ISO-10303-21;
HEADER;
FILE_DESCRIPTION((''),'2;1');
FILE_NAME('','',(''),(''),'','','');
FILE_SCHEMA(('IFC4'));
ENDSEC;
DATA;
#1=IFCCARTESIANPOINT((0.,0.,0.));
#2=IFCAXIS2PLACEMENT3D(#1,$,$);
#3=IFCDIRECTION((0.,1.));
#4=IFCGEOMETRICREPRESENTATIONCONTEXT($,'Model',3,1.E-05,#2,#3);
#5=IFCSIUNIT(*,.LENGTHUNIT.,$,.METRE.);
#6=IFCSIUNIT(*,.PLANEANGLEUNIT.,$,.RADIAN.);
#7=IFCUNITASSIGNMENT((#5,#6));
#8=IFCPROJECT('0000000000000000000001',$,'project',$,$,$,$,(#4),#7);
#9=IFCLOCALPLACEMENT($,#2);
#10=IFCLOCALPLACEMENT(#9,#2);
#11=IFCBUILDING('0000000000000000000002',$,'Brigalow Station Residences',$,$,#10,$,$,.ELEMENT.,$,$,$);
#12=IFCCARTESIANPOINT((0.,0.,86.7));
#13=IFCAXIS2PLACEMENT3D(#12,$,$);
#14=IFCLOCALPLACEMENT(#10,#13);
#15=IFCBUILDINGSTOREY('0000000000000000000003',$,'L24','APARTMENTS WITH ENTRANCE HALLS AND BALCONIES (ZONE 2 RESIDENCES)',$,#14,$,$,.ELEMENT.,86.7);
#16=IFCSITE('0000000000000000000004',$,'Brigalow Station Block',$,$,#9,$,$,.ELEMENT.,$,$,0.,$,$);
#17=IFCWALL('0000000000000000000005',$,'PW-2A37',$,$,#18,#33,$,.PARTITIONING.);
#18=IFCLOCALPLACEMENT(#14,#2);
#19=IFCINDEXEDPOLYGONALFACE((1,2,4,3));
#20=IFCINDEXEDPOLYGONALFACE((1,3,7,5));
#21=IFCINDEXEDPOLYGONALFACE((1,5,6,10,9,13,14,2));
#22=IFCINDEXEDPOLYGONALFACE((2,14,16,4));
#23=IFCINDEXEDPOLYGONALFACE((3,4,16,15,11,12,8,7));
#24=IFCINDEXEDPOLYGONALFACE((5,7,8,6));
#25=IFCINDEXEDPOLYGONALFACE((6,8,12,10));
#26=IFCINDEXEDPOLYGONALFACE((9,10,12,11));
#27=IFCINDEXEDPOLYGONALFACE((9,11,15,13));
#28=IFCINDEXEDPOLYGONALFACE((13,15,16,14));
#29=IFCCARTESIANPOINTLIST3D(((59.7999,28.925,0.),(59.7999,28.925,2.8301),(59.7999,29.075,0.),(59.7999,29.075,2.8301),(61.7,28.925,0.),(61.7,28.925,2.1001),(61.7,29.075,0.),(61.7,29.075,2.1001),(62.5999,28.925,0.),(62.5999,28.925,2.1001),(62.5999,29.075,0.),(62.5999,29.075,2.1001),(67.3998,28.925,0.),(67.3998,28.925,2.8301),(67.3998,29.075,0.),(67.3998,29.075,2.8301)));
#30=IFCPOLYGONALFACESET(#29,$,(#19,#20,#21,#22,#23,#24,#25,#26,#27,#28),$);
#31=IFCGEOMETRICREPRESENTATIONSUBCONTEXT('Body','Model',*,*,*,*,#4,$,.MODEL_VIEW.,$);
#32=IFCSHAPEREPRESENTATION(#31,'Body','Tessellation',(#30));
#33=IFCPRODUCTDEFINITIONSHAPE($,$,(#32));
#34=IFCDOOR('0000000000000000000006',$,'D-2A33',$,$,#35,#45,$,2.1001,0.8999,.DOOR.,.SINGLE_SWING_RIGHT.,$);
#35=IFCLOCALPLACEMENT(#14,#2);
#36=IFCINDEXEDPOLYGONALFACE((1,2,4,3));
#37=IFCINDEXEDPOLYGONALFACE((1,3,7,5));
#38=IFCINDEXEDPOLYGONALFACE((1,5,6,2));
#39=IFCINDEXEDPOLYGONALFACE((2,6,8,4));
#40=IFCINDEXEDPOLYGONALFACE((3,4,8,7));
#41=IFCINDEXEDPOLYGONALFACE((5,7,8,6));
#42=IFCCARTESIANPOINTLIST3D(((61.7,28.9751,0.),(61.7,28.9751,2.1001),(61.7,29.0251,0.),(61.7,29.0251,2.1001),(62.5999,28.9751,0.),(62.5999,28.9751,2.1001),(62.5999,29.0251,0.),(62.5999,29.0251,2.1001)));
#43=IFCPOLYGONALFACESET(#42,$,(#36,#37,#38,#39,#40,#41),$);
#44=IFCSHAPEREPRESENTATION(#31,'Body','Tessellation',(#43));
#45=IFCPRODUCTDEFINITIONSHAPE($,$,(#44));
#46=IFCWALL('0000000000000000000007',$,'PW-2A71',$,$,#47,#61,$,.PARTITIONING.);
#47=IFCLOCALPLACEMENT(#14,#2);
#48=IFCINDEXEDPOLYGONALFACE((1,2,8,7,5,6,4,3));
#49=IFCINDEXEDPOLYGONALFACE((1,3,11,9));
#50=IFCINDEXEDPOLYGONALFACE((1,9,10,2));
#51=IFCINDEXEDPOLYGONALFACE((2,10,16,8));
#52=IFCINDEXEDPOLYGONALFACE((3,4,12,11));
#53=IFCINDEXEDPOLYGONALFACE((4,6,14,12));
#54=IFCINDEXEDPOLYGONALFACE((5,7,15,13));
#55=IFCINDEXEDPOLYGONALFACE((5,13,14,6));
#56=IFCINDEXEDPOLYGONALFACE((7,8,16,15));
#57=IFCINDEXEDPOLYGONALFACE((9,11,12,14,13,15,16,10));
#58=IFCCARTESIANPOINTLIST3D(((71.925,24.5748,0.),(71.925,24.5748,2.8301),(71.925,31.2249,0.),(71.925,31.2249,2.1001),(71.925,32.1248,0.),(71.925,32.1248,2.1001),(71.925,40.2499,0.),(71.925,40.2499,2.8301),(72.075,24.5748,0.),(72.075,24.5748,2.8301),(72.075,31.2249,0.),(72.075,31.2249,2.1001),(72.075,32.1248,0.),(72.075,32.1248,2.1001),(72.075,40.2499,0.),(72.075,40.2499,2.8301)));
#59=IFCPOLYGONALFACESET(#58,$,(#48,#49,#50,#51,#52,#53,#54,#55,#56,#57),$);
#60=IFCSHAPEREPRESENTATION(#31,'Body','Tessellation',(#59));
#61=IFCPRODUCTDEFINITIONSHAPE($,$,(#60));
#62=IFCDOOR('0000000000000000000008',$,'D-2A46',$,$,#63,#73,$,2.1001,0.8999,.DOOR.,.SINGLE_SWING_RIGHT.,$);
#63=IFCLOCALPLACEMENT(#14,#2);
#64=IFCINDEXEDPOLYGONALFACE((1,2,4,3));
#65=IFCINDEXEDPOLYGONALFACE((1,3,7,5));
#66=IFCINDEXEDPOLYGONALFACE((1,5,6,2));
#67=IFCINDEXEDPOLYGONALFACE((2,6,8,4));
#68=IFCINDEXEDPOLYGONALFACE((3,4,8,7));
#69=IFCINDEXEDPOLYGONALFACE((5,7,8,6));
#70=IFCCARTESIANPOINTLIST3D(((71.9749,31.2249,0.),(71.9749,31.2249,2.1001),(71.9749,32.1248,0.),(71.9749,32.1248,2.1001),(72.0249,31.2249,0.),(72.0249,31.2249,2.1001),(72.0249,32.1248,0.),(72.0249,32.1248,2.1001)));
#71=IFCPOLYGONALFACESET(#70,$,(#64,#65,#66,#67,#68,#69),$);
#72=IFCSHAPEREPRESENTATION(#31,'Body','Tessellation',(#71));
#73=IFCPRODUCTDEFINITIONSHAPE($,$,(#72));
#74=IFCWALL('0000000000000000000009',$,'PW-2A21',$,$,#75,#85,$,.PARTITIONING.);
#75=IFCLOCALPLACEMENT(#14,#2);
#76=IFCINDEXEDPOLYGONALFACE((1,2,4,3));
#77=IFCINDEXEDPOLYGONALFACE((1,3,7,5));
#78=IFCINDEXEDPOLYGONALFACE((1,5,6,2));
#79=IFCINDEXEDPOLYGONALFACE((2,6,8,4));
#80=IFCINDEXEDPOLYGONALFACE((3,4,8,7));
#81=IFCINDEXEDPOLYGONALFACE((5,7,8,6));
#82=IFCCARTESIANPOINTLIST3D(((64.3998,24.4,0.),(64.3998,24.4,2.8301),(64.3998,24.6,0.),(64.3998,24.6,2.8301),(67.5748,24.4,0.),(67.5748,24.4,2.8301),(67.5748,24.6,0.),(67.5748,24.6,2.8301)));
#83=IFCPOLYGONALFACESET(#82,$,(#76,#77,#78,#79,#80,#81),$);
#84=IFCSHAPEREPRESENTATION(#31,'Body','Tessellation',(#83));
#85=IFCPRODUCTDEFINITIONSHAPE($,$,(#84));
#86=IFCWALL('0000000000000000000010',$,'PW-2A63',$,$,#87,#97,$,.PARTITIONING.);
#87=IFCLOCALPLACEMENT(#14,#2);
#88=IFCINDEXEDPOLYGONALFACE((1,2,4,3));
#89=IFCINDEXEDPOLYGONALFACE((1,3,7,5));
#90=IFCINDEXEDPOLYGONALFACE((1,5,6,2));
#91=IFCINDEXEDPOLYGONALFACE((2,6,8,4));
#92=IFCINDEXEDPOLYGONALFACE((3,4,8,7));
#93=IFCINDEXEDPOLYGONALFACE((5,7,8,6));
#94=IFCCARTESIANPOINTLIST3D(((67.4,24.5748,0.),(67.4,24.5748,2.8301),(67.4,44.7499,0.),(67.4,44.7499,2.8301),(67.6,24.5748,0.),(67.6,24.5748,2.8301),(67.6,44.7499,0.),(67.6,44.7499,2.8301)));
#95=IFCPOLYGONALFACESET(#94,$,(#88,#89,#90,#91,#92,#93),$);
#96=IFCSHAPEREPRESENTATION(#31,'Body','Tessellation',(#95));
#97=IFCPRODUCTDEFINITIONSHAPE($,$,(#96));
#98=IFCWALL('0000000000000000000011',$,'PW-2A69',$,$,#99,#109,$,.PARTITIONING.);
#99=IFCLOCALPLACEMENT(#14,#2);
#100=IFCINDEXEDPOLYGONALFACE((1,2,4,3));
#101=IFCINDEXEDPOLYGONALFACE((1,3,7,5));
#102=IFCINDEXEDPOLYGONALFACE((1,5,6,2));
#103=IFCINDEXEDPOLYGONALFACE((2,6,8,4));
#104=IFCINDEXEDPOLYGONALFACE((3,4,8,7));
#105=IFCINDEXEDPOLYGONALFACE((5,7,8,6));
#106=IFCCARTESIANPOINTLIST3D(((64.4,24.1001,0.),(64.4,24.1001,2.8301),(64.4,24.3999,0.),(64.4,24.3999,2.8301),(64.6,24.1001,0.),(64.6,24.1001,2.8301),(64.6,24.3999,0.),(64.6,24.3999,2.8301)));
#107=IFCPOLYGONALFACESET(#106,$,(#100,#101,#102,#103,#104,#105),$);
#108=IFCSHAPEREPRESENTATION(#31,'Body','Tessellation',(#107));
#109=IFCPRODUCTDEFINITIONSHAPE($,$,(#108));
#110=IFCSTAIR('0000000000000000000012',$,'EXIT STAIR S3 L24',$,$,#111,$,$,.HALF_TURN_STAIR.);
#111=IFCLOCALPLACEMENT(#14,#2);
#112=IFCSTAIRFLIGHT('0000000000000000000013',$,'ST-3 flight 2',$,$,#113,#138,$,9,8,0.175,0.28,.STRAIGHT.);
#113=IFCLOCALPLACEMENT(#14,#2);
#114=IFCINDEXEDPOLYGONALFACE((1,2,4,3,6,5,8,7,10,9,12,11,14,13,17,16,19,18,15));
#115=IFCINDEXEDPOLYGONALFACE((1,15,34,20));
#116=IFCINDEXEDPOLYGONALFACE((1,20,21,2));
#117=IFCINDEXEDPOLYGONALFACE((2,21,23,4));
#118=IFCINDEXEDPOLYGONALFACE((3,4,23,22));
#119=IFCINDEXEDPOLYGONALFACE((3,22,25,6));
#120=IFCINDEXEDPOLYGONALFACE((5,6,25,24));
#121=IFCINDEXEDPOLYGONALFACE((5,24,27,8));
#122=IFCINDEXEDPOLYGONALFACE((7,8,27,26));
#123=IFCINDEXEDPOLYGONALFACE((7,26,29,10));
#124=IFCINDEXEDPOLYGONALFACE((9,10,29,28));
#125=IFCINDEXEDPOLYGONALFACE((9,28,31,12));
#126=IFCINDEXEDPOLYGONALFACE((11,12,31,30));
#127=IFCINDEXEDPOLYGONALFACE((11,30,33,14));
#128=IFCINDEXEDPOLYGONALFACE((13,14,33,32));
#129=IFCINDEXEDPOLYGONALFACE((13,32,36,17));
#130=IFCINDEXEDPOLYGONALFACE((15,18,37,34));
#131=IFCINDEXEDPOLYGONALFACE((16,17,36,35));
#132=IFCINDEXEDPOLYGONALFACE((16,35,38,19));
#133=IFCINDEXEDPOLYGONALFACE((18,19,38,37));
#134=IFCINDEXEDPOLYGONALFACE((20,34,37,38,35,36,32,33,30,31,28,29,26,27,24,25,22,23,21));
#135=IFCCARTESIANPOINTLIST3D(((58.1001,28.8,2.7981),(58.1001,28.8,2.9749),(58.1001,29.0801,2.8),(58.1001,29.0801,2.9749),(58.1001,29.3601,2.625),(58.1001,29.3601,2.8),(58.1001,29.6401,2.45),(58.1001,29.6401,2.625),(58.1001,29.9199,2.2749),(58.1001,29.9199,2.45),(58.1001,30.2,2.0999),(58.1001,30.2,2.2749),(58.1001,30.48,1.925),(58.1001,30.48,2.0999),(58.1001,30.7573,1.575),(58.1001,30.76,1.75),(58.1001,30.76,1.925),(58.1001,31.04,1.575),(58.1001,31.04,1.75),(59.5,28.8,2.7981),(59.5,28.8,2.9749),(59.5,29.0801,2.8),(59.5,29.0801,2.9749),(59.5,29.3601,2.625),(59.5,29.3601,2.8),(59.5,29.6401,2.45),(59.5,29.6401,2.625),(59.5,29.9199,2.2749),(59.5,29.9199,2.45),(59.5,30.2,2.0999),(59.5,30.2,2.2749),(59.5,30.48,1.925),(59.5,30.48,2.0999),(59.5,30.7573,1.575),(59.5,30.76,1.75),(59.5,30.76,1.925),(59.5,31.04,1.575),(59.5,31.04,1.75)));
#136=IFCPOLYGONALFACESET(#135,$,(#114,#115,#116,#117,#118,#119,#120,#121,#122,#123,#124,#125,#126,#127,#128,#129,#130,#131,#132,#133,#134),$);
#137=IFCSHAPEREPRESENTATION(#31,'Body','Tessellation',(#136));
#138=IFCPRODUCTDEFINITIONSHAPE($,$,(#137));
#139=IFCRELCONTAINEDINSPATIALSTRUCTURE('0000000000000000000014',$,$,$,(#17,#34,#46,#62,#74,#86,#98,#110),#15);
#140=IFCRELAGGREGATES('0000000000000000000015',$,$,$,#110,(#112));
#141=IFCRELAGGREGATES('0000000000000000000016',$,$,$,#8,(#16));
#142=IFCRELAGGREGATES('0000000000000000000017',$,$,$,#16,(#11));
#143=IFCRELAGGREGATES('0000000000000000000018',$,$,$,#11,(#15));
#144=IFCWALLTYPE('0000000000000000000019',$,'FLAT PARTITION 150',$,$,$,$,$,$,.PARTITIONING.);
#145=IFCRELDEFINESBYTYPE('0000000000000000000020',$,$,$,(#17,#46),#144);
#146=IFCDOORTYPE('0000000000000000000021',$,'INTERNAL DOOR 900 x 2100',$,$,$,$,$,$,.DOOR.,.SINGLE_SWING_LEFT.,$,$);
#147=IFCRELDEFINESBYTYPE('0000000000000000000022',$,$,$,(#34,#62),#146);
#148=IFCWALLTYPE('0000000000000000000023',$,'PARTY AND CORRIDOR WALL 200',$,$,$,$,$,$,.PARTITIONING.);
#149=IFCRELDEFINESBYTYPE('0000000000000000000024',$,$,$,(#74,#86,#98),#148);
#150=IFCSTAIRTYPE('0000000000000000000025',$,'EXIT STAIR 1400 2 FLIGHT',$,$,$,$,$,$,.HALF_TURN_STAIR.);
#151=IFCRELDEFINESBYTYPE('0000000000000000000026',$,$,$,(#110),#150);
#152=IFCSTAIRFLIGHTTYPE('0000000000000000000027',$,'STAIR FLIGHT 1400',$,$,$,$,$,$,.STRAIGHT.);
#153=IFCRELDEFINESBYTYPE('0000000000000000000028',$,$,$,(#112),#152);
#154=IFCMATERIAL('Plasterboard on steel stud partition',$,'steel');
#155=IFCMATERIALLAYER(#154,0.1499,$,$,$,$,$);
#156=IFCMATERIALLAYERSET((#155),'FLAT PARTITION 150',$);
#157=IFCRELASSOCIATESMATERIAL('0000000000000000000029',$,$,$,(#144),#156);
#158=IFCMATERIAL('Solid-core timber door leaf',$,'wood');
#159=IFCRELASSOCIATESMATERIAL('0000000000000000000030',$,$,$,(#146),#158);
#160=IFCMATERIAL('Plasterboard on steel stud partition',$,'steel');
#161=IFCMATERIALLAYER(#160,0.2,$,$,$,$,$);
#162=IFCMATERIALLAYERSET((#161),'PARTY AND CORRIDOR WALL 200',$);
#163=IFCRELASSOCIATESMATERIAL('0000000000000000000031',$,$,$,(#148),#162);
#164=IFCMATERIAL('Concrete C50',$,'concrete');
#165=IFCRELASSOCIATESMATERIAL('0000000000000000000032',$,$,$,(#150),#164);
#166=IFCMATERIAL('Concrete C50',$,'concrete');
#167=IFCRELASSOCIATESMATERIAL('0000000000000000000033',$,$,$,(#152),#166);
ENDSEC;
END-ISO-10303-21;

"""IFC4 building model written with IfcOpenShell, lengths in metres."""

from ifc_helpers import new_model, si_unit, direction, frame, frame_2d, origin, place, context, subcontext, project, spatial, polyline, rectangle, outline, extrude, material, layer, layer_set, type_object, element, fill, aggregate, save


model = new_model("IFC4")

# Units and contexts
model_context = context("Model", 3, precision=1e-05, world=origin(), true_north=direction((0.0, 1.0)))
body_context = subcontext(model_context, "Body", "Model", "MODEL_VIEW")
ifc_project = project(units=[si_unit("LENGTHUNIT", "METRE"), si_unit("PLANEANGLEUNIT", "RADIAN")], contexts=[model_context])

# Site, building, storey
site_placement = place(None, origin())
site = spatial("IfcSite", under=ifc_project, at=site_placement, Name="Brigalow Station Block", CompositionType="ELEMENT", RefElevation=0.0)
building_placement = place(site_placement, origin())
building = spatial("IfcBuilding", under=site, at=building_placement, Name="Brigalow Station Residences", CompositionType="ELEMENT")
storey_placement = place(building_placement, frame((0.0, 0.0, 86.7)))
storey = spatial("IfcBuildingStorey", under=building, at=storey_placement, Name="L24", Description="APARTMENTS WITH ENTRANCE HALLS AND BALCONIES (ZONE 2 RESIDENCES)", CompositionType="ELEMENT", Elevation=86.7)

# Shared definitions
ifc_material_1 = material(Name="Plasterboard on steel stud partition", Category="steel")
ifc_layer_1 = layer(ifc_material_1, 0.1499)
ifc_layer_set_1 = layer_set([ifc_layer_1], Name="FLAT PARTITION 150")
wall_type_1 = type_object("IfcWallType", Name="FLAT PARTITION 150", PredefinedType="PARTITIONING", material=ifc_layer_set_1)

# Walls, openings, doors
wall_1_placement = place(storey_placement, frame((59.8, 29.0, 0.0), z_axis=(0.0, 0.0, 1.0), x_axis=(1.0, 0.0, 0.0)))
wall_1 = element("IfcWall", 1, at=wall_1_placement, inside=storey, type_object=wall_type_1, Name="PW-2A37", PredefinedType="PARTITIONING", context=body_context, shape_type="SweptSolid", body=[
    extrude(rectangle(XDim=7.5999, YDim=0.1499, at=frame_2d((3.7998, 0.0))), origin(), (0.0, 0.0, 1.0), 2.8301),
])
opening_1_placement = place(wall_1_placement, frame((1.8999, 0.0, 0.0)))
opening_1 = element("IfcOpeningElement", 2, at=opening_1_placement, cuts=wall_1, PredefinedType="OPENING", context=body_context, shape_type="SweptSolid", body=[
    extrude(rectangle(XDim=0.8999, YDim=2.1001, at=frame_2d((0.45, 1.05))), frame((0.0, 0.085, 0.0), z_axis=(0.0, -1.0, 0.0), x_axis=(1.0, 0.0, 0.0)), (0.0, 0.0, 1.0), 0.1699),
])
ifc_material_2 = material(Name="Solid-core timber door leaf", Category="wood")
door_type_1 = type_object("IfcDoorType", Name="INTERNAL DOOR 900 x 2100", OperationType="SINGLE_SWING_LEFT", PredefinedType="DOOR", material=ifc_material_2)
door_1_placement = place(opening_1_placement, frame((0.8999, 0.0, 0.0), z_axis=(0.0, 0.0, 1.0), x_axis=(-1.0, 0.0, 0.0)))
door_1 = element("IfcDoor", 3, at=door_1_placement, inside=storey, type_object=door_type_1, Name="D-2A33", OperationType="SINGLE_SWING_RIGHT", OverallHeight=2.1001, OverallWidth=0.8999, PredefinedType="DOOR", context=body_context, shape_type="SweptSolid", body=[
    extrude(rectangle(XDim=0.8999, YDim=2.1001, at=frame_2d((0.45, 1.05))), frame((0.0, 0.0249, 0.0), z_axis=(0.0, -1.0, 0.0), x_axis=(1.0, 0.0, 0.0)), (0.0, 0.0, 1.0), 0.05),
])
fill(opening_1, door_1)
wall_2_placement = place(storey_placement, frame((72.0, 24.575, 0.0), z_axis=(0.0, 0.0, 1.0), x_axis=(0.0, 1.0, 0.0)))
wall_2 = element("IfcWall", 4, at=wall_2_placement, inside=storey, type_object=wall_type_1, Name="PW-2A71", PredefinedType="PARTITIONING", context=body_context, shape_type="SweptSolid", body=[
    extrude(rectangle(XDim=15.675, YDim=0.1499, at=frame_2d((7.8374, 0.0))), origin(), (0.0, 0.0, 1.0), 2.8301),
])
opening_2_placement = place(wall_2_placement, frame((6.6499, 0.0, 0.0)))
opening_2 = element("IfcOpeningElement", 5, at=opening_2_placement, cuts=wall_2, PredefinedType="OPENING", context=body_context, shape_type="SweptSolid", body=[
    extrude(rectangle(XDim=0.8999, YDim=2.1001, at=frame_2d((0.45, 1.05))), frame((0.0, 0.085, 0.0), z_axis=(0.0, -1.0, 0.0), x_axis=(1.0, 0.0, 0.0)), (0.0, 0.0, 1.0), 0.1699),
])
door_2_placement = place(opening_2_placement, frame((0.8999, 0.0, 0.0), z_axis=(0.0, 0.0, 1.0), x_axis=(-1.0, 0.0, 0.0)))
door_2 = element("IfcDoor", 6, at=door_2_placement, inside=storey, type_object=door_type_1, Name="D-2A46", OperationType="SINGLE_SWING_RIGHT", OverallHeight=2.1001, OverallWidth=0.8999, PredefinedType="DOOR", context=body_context, shape_type="SweptSolid", body=[
    extrude(rectangle(XDim=0.8999, YDim=2.1001, at=frame_2d((0.45, 1.05))), frame((0.0, 0.0249, 0.0), z_axis=(0.0, -1.0, 0.0), x_axis=(1.0, 0.0, 0.0)), (0.0, 0.0, 1.0), 0.05),
])
fill(opening_2, door_2)

# Walls
ifc_material_3 = material(Name="Plasterboard on steel stud partition", Category="steel")
ifc_layer_2 = layer(ifc_material_3, 0.2)
ifc_layer_set_2 = layer_set([ifc_layer_2], Name="PARTY AND CORRIDOR WALL 200")
wall_type_2 = type_object("IfcWallType", Name="PARTY AND CORRIDOR WALL 200", PredefinedType="PARTITIONING", material=ifc_layer_set_2)
wall_3_placement = place(storey_placement, frame((64.3999, 24.5, 0.0), z_axis=(0.0, 0.0, 1.0), x_axis=(1.0, 0.0, 0.0)))
element("IfcWall", 7, at=wall_3_placement, inside=storey, type_object=wall_type_2, Name="PW-2A21", PredefinedType="PARTITIONING", context=body_context, shape_type="SweptSolid", body=[
    extrude(rectangle(XDim=3.175, YDim=0.2, at=frame_2d((1.5874, 0.0))), origin(), (0.0, 0.0, 1.0), 2.8301),
])
wall_4_placement = place(storey_placement, frame((67.5, 24.575, 0.0), z_axis=(0.0, 0.0, 1.0), x_axis=(0.0, 1.0, 0.0)))
element("IfcWall", 8, at=wall_4_placement, inside=storey, type_object=wall_type_2, Name="PW-2A63", PredefinedType="PARTITIONING", context=body_context, shape_type="SweptSolid", body=[
    extrude(rectangle(XDim=20.175, YDim=0.2, at=frame_2d((10.0874, 0.0))), origin(), (0.0, 0.0, 1.0), 2.8301),
])
wall_5_placement = place(storey_placement, frame((64.5, 24.1001, 0.0), z_axis=(0.0, 0.0, 1.0), x_axis=(0.0, 1.0, 0.0)))
element("IfcWall", 9, at=wall_5_placement, inside=storey, type_object=wall_type_2, Name="PW-2A69", PredefinedType="PARTITIONING", context=body_context, shape_type="SweptSolid", body=[
    extrude(rectangle(XDim=0.2998, YDim=0.2, at=frame_2d((0.1499, 0.0))), origin(), (0.0, 0.0, 1.0), 2.8301),
])

# Stair, stair flight
ifc_material_4 = material(Name="Concrete C50", Category="concrete")
stair_type = type_object("IfcStairType", Name="EXIT STAIR 1400 2 FLIGHT", PredefinedType="HALF_TURN_STAIR", material=ifc_material_4)
stair_placement = place(storey_placement, origin())
stair = element("IfcStair", 10, at=stair_placement, inside=storey, type_object=stair_type, Name="EXIT STAIR S3 L24", PredefinedType="HALF_TURN_STAIR")
ifc_material_5 = material(Name="Concrete C50", Category="concrete")
stair_flight_type = type_object("IfcStairFlightType", Name="STAIR FLIGHT 1400", PredefinedType="STRAIGHT", material=ifc_material_5)
stair_flight_placement = place(storey_placement, frame((58.8, 31.04, 1.575), z_axis=(0.0, 0.0, 1.0), x_axis=(0.0, -1.0, 0.0)))
stair_flight = element("IfcStairFlight", 11, at=stair_flight_placement, type_object=stair_flight_type, Name="ST-3 flight 2", NumberOfRisers=9, NumberOfTreads=8, PredefinedType="STRAIGHT", RiserHeight=0.175, TreadLength=0.28, context=body_context, shape_type="SweptSolid", body=[
    extrude(outline(polyline([(0.0, 0.0), (0.0, 0.175), (0.28, 0.175), (0.28, 0.3501), (0.5601, 0.3501), (0.5601, 0.5249), (0.8401, 0.5249), (0.8401, 0.7), (1.1201, 0.7), (1.1201, 0.875), (1.3999, 0.875), (1.3999, 1.05), (1.6799, 1.05), (1.6799, 1.2251), (1.96, 1.2251), (1.96, 1.3999), (2.24, 1.3999), (2.24, 1.575), (2.24, 1.2231), (0.2827, 0.0), (0.0, 0.0)])), frame((0.0, 0.7, 0.0), z_axis=(0.0, -1.0, 0.0), x_axis=(1.0, 0.0, 0.0)), (0.0, 0.0, 1.0), 1.3999),
])
aggregate(stair, [stair_flight])

save(model, "model.ifc")
